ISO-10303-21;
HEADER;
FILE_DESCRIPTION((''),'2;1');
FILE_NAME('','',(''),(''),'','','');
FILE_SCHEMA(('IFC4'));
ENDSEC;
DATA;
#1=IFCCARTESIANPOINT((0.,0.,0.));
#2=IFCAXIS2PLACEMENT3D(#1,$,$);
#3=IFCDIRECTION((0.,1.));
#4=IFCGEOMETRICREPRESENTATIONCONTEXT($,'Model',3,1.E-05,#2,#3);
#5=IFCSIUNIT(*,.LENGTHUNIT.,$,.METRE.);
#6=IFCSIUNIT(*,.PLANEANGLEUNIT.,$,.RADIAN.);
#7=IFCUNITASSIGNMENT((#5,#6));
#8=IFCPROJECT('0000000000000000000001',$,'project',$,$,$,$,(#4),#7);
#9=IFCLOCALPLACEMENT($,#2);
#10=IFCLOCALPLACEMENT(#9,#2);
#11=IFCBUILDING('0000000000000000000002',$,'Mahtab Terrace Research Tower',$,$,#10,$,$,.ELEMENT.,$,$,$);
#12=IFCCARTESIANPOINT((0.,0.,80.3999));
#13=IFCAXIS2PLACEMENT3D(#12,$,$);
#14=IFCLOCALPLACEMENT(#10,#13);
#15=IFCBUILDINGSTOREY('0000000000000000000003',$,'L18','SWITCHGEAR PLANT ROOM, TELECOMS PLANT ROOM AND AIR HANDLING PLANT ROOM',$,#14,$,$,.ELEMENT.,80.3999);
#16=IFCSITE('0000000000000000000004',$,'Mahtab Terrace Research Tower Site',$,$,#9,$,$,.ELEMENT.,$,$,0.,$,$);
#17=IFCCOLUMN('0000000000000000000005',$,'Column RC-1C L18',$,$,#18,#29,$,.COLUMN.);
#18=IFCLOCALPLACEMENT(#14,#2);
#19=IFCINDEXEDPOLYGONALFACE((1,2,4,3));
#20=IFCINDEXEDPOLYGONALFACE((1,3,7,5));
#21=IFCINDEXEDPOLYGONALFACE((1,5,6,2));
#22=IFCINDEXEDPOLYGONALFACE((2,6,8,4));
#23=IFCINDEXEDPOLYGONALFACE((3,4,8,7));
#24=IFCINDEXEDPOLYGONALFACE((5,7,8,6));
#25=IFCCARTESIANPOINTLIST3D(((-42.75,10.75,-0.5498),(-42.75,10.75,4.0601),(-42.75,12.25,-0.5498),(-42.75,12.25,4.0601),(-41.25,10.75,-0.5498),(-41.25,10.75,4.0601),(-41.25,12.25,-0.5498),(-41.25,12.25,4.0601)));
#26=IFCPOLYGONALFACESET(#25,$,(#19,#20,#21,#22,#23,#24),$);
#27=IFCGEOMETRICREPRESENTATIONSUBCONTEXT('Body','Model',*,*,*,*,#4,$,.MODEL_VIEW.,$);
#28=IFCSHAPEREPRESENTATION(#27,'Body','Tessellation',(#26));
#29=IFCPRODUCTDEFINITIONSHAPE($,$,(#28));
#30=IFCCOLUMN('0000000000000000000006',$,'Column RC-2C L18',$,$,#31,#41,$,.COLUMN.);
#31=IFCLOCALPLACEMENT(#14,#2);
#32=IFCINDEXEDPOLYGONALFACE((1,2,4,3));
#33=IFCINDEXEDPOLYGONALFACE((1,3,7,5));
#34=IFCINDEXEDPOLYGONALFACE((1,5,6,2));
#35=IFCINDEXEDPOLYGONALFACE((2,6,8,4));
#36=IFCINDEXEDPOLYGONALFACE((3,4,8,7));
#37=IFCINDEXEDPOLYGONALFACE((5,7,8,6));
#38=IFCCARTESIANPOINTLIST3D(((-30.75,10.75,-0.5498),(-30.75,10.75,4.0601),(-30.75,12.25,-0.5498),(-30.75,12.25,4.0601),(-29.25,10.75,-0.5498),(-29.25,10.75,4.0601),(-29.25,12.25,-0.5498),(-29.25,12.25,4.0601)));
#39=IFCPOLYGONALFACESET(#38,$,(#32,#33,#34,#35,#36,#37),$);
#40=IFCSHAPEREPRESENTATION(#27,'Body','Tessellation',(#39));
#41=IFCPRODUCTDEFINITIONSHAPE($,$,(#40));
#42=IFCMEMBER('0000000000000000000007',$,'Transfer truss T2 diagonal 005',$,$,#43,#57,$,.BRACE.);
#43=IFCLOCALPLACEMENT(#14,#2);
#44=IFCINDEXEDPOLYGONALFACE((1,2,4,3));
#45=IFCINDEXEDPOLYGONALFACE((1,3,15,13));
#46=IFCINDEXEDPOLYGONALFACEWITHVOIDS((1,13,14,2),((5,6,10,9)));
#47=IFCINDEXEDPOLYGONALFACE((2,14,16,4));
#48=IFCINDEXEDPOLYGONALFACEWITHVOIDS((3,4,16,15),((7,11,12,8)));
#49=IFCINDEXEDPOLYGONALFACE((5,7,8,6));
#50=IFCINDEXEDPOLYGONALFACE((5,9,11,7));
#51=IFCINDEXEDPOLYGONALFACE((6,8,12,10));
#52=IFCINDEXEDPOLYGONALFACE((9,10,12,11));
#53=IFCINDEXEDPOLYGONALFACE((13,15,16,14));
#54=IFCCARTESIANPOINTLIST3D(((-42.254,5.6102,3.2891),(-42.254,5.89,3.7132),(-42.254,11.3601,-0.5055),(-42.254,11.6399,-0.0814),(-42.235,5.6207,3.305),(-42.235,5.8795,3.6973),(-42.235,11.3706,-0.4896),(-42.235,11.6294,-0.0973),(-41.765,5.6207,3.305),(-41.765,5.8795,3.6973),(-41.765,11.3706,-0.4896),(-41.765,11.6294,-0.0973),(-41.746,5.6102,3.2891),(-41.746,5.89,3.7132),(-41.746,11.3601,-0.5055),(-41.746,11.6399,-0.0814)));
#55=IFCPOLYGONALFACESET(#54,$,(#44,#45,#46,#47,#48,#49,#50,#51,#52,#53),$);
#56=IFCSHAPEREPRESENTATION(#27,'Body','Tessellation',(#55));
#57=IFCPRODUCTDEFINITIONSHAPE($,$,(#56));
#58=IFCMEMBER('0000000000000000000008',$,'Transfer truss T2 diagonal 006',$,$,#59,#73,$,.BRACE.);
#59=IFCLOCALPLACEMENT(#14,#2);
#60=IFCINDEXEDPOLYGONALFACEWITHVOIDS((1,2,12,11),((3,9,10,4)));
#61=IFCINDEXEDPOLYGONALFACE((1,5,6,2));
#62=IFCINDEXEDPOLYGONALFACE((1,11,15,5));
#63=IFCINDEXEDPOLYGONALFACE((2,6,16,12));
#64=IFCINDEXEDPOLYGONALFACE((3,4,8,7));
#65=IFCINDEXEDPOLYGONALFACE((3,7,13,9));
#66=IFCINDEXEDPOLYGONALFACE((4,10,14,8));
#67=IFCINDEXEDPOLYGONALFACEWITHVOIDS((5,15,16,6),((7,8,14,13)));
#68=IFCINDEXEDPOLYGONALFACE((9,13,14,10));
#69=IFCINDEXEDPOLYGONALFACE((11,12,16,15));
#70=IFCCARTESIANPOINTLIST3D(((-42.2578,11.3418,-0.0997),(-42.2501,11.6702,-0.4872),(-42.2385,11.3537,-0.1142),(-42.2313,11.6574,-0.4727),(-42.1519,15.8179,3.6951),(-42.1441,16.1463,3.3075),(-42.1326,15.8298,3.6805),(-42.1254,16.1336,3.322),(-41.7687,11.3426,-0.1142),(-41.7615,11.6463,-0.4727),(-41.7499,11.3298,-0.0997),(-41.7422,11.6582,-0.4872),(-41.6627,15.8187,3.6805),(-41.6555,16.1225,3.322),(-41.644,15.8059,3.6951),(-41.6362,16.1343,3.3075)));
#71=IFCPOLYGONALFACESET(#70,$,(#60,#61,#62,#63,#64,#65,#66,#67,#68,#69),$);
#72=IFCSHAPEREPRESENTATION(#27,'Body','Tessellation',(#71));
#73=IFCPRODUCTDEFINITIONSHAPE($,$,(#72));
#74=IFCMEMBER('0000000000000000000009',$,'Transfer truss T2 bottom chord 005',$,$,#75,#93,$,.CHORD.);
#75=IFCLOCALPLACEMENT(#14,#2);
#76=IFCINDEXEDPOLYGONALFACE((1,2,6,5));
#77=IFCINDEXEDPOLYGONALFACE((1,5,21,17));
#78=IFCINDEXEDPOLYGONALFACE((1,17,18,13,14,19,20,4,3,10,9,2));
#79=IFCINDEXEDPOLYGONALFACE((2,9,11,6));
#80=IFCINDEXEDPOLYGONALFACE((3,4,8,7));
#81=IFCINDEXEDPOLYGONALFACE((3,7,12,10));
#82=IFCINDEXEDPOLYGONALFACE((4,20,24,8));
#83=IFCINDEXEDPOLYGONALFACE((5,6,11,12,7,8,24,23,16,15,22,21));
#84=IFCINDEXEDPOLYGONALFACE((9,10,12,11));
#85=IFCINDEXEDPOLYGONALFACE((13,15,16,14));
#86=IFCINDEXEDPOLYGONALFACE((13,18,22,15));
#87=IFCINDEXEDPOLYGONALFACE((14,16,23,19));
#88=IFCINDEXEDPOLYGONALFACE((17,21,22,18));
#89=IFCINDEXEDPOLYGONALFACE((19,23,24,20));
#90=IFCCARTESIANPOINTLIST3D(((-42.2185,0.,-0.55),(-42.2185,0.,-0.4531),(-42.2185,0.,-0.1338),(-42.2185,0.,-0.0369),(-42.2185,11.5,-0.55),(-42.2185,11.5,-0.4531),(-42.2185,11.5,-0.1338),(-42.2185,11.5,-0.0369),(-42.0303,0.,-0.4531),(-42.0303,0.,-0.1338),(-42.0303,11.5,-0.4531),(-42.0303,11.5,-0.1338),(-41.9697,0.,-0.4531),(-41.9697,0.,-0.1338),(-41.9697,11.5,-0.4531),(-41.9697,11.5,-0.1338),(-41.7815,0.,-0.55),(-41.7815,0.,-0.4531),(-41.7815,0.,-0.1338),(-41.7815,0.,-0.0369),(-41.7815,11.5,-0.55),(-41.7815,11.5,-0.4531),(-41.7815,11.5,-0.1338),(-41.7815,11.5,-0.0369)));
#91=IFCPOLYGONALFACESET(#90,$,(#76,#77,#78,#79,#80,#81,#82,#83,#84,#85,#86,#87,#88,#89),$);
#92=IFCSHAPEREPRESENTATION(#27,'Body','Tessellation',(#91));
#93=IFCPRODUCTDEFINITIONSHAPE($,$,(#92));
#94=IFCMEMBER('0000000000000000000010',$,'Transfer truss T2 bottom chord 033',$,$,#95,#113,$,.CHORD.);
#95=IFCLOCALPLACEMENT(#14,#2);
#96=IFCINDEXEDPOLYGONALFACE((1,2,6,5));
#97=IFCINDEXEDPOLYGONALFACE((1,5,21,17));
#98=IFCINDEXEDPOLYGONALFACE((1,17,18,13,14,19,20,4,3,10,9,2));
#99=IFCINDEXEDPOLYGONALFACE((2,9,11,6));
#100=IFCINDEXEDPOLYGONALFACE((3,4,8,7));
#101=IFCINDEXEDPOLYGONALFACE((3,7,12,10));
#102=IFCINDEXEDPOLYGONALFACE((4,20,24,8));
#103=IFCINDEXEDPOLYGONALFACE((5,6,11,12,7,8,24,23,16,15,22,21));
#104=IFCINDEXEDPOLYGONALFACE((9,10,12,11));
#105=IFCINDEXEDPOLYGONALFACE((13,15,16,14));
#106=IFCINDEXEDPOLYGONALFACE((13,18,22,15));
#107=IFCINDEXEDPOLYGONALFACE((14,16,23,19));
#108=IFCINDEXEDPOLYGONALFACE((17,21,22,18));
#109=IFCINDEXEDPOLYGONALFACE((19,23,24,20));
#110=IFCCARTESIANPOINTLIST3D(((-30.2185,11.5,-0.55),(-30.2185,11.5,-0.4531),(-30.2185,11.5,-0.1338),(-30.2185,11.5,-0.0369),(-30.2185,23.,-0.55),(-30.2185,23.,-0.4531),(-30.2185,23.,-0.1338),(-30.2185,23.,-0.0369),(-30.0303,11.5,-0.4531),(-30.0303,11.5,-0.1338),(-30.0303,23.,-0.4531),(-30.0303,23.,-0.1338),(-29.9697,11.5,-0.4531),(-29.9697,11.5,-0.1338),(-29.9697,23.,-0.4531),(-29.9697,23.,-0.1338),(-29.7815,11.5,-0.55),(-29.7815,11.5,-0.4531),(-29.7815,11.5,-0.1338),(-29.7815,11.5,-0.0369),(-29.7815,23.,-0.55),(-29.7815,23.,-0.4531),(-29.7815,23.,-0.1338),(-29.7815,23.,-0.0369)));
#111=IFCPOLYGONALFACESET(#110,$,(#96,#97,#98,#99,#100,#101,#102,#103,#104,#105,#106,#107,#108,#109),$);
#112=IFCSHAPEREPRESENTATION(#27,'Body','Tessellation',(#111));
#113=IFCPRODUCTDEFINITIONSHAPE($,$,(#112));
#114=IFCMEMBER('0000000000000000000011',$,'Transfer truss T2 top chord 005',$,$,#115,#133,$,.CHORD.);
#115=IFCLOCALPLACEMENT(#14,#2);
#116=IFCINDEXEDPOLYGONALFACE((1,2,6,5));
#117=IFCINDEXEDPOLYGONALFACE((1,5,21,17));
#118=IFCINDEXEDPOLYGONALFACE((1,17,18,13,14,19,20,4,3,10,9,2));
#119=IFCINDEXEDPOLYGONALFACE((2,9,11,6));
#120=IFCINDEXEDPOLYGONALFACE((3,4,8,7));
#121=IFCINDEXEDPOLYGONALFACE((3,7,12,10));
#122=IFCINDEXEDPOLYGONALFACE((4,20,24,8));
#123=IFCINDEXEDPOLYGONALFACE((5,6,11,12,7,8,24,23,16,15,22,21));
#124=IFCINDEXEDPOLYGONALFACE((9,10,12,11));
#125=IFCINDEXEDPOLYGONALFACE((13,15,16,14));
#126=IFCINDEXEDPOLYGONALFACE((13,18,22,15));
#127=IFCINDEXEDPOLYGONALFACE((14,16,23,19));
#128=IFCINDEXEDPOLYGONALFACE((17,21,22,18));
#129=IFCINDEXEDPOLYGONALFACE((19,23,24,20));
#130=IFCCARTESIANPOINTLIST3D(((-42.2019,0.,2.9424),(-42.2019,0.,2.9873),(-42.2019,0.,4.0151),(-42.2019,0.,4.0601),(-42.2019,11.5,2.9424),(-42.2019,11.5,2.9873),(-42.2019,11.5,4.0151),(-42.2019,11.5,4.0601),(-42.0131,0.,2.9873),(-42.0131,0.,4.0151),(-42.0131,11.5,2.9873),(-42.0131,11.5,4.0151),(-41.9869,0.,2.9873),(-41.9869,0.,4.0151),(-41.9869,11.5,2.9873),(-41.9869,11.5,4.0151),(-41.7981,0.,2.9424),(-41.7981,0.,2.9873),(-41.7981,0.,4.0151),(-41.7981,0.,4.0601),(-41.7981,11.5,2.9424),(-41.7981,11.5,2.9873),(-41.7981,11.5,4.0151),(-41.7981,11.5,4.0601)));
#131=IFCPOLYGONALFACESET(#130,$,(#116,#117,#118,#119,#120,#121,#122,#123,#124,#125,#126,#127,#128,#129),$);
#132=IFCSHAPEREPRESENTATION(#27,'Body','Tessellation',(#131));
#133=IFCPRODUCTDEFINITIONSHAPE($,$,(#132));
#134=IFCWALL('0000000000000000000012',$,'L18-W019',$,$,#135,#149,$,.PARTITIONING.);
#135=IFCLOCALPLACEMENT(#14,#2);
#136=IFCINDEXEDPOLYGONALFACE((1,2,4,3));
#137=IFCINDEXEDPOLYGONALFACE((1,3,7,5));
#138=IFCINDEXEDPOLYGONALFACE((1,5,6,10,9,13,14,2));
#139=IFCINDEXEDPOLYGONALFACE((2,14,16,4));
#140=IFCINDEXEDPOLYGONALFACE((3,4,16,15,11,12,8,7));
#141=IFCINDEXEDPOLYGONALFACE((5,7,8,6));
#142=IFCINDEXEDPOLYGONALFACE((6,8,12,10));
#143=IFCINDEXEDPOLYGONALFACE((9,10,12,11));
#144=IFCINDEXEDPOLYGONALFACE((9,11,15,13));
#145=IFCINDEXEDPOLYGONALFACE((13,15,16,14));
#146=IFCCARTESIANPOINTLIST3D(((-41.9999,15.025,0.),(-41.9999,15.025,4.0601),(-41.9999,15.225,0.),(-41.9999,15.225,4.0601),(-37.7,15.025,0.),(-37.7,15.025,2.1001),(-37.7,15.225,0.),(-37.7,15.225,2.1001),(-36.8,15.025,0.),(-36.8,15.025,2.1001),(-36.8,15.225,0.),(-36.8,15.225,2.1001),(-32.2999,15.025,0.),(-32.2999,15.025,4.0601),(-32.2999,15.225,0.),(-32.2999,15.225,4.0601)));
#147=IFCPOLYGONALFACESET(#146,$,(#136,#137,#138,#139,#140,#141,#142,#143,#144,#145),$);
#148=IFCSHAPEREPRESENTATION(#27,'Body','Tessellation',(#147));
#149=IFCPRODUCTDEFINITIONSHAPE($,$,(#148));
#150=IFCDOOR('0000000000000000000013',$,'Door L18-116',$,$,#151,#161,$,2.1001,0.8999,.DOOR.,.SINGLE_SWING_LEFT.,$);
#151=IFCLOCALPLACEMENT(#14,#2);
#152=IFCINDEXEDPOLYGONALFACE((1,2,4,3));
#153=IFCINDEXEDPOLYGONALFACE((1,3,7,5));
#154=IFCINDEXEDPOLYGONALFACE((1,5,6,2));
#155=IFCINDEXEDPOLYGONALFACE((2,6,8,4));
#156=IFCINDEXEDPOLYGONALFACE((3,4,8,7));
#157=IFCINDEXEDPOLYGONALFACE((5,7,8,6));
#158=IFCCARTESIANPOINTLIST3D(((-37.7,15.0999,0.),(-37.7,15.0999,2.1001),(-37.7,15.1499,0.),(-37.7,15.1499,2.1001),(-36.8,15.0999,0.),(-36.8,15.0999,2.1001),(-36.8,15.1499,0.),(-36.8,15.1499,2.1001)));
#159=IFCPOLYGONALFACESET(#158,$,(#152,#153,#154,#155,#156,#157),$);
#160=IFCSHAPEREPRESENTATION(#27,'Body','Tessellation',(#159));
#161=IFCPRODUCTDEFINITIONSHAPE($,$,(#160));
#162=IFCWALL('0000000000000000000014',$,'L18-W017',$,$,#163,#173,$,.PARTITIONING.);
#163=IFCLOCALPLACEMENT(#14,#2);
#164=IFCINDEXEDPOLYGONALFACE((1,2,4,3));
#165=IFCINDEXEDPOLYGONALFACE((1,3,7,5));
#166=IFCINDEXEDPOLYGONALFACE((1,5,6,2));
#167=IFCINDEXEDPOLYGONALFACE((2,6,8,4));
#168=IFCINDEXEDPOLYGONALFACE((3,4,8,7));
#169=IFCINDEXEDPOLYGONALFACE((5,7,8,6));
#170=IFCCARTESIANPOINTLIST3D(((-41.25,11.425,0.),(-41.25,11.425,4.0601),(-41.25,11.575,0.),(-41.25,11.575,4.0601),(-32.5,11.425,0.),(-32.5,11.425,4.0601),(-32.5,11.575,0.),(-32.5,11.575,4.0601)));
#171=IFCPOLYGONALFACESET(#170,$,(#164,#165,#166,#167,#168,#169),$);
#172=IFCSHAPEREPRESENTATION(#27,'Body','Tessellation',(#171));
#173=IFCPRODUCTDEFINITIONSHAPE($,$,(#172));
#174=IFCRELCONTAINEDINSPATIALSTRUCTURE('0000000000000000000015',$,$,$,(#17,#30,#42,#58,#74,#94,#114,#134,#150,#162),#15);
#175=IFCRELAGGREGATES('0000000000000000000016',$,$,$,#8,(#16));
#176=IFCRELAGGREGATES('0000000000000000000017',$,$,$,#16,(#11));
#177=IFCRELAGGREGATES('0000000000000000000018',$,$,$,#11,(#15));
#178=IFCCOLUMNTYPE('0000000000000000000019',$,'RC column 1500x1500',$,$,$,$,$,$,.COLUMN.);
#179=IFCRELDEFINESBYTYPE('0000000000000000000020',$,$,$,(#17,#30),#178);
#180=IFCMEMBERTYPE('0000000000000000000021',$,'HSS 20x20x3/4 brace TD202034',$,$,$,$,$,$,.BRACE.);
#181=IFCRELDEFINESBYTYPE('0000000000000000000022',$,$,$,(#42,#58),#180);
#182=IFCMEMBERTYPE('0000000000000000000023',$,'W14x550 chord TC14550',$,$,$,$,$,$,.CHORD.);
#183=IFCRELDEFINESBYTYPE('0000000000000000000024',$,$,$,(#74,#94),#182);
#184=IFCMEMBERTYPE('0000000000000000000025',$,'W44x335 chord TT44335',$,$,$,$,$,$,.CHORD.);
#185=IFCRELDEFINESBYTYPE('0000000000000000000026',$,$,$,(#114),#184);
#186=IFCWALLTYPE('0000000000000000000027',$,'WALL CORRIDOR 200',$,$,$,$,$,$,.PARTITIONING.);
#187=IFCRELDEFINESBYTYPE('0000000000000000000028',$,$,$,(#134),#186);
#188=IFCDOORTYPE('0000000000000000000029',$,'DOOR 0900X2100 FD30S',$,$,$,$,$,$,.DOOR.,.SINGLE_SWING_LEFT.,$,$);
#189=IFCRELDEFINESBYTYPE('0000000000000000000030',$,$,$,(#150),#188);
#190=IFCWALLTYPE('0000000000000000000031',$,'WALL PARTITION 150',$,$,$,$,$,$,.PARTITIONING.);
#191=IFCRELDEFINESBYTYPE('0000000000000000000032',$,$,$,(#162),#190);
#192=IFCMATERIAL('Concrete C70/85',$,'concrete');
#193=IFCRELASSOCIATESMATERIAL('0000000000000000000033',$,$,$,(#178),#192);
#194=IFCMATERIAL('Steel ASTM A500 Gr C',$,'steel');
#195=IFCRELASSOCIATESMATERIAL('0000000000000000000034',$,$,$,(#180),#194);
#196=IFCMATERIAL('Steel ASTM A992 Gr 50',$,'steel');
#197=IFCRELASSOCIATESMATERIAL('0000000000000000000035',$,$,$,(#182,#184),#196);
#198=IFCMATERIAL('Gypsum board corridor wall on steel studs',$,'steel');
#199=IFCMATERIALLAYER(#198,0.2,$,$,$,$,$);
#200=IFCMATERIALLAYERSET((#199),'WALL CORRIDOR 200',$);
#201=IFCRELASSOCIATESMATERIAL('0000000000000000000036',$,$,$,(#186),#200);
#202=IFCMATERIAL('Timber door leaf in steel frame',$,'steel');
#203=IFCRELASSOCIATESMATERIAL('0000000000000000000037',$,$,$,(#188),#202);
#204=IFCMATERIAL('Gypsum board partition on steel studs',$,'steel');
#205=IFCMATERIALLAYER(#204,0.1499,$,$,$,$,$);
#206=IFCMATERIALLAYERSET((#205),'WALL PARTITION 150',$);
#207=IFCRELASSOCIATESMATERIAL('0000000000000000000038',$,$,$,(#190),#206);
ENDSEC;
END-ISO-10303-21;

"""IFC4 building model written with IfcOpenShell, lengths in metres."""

from ifc_helpers import new_model, si_unit, direction, frame, frame_2d, origin, origin_2d, place, context, subcontext, project, spatial, rectangle, hollow_rectangle, i_section, extrude, material, layer, layer_set, material_profile, profile_set, type_object, element, fill, save


model = new_model("IFC4")

# Units and contexts
model_context = context("Model", 3, precision=1e-05, world=origin(), true_north=direction((0.0, 1.0)))
body_context = subcontext(model_context, "Body", "Model", "MODEL_VIEW")
ifc_project = project(units=[si_unit("LENGTHUNIT", "METRE"), si_unit("PLANEANGLEUNIT", "RADIAN")], contexts=[model_context])

# Site, building, storey
site_placement = place(None, origin())
site = spatial("IfcSite", under=ifc_project, at=site_placement, Name="Mahtab Terrace Research Tower Site", CompositionType="ELEMENT", RefElevation=0.0)
building_placement = place(site_placement, origin())
building = spatial("IfcBuilding", under=site, at=building_placement, Name="Mahtab Terrace Research Tower", CompositionType="ELEMENT")
storey_placement = place(building_placement, frame((0.0, 0.0, 80.3999)))
storey = spatial("IfcBuildingStorey", under=building, at=storey_placement, Name="L18", Description="SWITCHGEAR PLANT ROOM, TELECOMS PLANT ROOM AND AIR HANDLING PLANT ROOM", CompositionType="ELEMENT", Elevation=80.3999)

# Columns
ifc_material_1 = material(Name="Concrete C70/85", Category="concrete")
ifc_material_profile_1 = material_profile(ifc_material_1, rectangle(XDim=1.5, YDim=1.5, at=origin_2d()), Name="RC column 1500x1500")
ifc_profile_set_1 = profile_set([ifc_material_profile_1], Name="Concrete C70/85")
column_type = type_object("IfcColumnType", Name="RC column 1500x1500", PredefinedType="COLUMN", material=ifc_profile_set_1)
for number, where, z_axis, x_axis, name in (
    (1, (-42.0, 11.5, -0.5498), (0.0, 0.0, 1.0), (1.0, 0.0, 0.0), "Column RC-1C L18"),
    (2, (-30.0, 11.5, -0.5498), (0.0, 0.0, 1.0), (1.0, 0.0, 0.0), "Column RC-2C L18"),
):
    element("IfcColumn", number, at=place(storey_placement, frame(where, z_axis=z_axis, x_axis=x_axis)), inside=storey, type_object=column_type, Name=name, PredefinedType="COLUMN", context=body_context, shape_type="SweptSolid", body=[
        extrude(rectangle(XDim=1.5, YDim=1.5, at=origin_2d()), origin(), (0.0, 0.0, 1.0), 4.6099),
    ])

# Members
ifc_material_2 = material(Name="Steel ASTM A500 Gr C", Category="steel")
ifc_material_profile_2 = material_profile(ifc_material_2, hollow_rectangle(XDim=0.5081, YDim=0.5081, WallThickness=0.019, at=origin_2d()), Name="HSS20X20X3/4")
ifc_profile_set_2 = profile_set([ifc_material_profile_2], Name="Steel ASTM A500 Gr C")
member_type_1 = type_object("IfcMemberType", Name="HSS 20x20x3/4 brace TD202034", PredefinedType="BRACE", material=ifc_profile_set_2)
member_1_placement = place(storey_placement, frame((-42.0, 11.5, -0.2935), z_axis=(0.0, -0.834631, 0.55081), x_axis=(1.0, 0.0, 0.0)))
element("IfcMember", 3, at=member_1_placement, inside=storey, type_object=member_type_1, Name="Transfer truss T2 diagonal 005", PredefinedType="BRACE", context=body_context, shape_type="SweptSolid", body=[
    extrude(hollow_rectangle(XDim=0.5081, YDim=0.5081, WallThickness=0.019, at=origin_2d()), origin(), (0.0, 0.0, 1.0), 6.8892),
])
member_2_placement = place(storey_placement, frame((-42.0, 11.5, -0.2935), z_axis=(0.018053, 0.762654, 0.646555), x_axis=(-0.99972, 0.023665, 0.0)))
element("IfcMember", 4, at=member_2_placement, inside=storey, type_object=member_type_1, Name="Transfer truss T2 diagonal 006", PredefinedType="BRACE", context=body_context, shape_type="SweptSolid", body=[
    extrude(hollow_rectangle(XDim=0.5081, YDim=0.5081, WallThickness=0.019, at=origin_2d()), origin(), (0.0, 0.0, 1.0), 5.8691),
])
ifc_material_3 = material(Name="Steel ASTM A992 Gr 50", Category="steel")
ifc_material_profile_3 = material_profile(ifc_material_3, i_section(OverallWidth=0.437, OverallDepth=0.5132, WebThickness=0.0605, FlangeThickness=0.0969, at=origin_2d()), Name="W14X550")
ifc_profile_set_3 = profile_set([ifc_material_profile_3], Name="Steel ASTM A992 Gr 50")
member_type_2 = type_object("IfcMemberType", Name="W14x550 chord TC14550", PredefinedType="CHORD", material=ifc_profile_set_3)
for number, where, z_axis, x_axis, name in (
    (5, (-42.0, 11.5, -0.2935), (0.0, -1.0, 0.0), (1.0, 0.0, 0.0), "Transfer truss T2 bottom chord 005"),
    (6, (-30.0, 11.5, -0.2935), (0.0, 1.0, 0.0), (-1.0, 0.0, 0.0), "Transfer truss T2 bottom chord 033"),
):
    element("IfcMember", number, at=place(storey_placement, frame(where, z_axis=z_axis, x_axis=x_axis)), inside=storey, type_object=member_type_2, Name=name, PredefinedType="CHORD", context=body_context, shape_type="SweptSolid", body=[
        extrude(i_section(OverallWidth=0.437, OverallDepth=0.5132, WebThickness=0.0605, FlangeThickness=0.0969, at=origin_2d()), origin(), (0.0, 0.0, 1.0), 11.5),
    ])
ifc_material_profile_4 = material_profile(ifc_material_3, i_section(OverallWidth=0.4038, OverallDepth=1.1177, WebThickness=0.0261, FlangeThickness=0.0449, at=origin_2d()), Name="W44X335")
ifc_profile_set_4 = profile_set([ifc_material_profile_4], Name="Steel ASTM A992 Gr 50")
member_type_3 = type_object("IfcMemberType", Name="W44x335 chord TT44335", PredefinedType="CHORD", material=ifc_profile_set_4)
member_3_placement = place(storey_placement, frame((-42.0, 11.5, 3.5012), z_axis=(0.0, -1.0, 0.0), x_axis=(1.0, 0.0, 0.0)))
element("IfcMember", 7, at=member_3_placement, inside=storey, type_object=member_type_3, Name="Transfer truss T2 top chord 005", PredefinedType="CHORD", context=body_context, shape_type="SweptSolid", body=[
    extrude(i_section(OverallWidth=0.4038, OverallDepth=1.1177, WebThickness=0.0261, FlangeThickness=0.0449, at=origin_2d()), origin(), (0.0, 0.0, 1.0), 11.5),
])

# Wall, opening, door
ifc_material_4 = material(Name="Gypsum board corridor wall on steel studs", Category="steel")
ifc_layer_1 = layer(ifc_material_4, 0.2)
ifc_layer_set_1 = layer_set([ifc_layer_1], Name="WALL CORRIDOR 200")
wall_type_1 = type_object("IfcWallType", Name="WALL CORRIDOR 200", PredefinedType="PARTITIONING", material=ifc_layer_set_1)
wall_1_placement = place(storey_placement, frame((-42.0, 15.125, 0.0), z_axis=(0.0, 0.0, 1.0), x_axis=(1.0, 0.0, 0.0)))
wall_1 = element("IfcWall", 8, at=wall_1_placement, inside=storey, type_object=wall_type_1, Name="L18-W019", PredefinedType="PARTITIONING", context=body_context, shape_type="SweptSolid", body=[
    extrude(rectangle(XDim=9.7, YDim=0.2, at=frame_2d((4.8501, 0.0))), origin(), (0.0, 0.0, 1.0), 4.0601),
])
opening_placement = place(wall_1_placement, frame((4.3, 0.0, 0.0)))
opening = element("IfcOpeningElement", 9, at=opening_placement, cuts=wall_1, PredefinedType="OPENING", context=body_context, shape_type="SweptSolid", body=[
    extrude(rectangle(XDim=0.8999, YDim=2.1001, at=frame_2d((0.45, 1.05))), frame((0.0, 0.1099, 0.0), z_axis=(0.0, -1.0, 0.0), x_axis=(1.0, 0.0, 0.0)), (0.0, 0.0, 1.0), 0.22),
])
ifc_material_5 = material(Name="Timber door leaf in steel frame", Category="steel")
door_type = type_object("IfcDoorType", Name="DOOR 0900X2100 FD30S", OperationType="SINGLE_SWING_LEFT", PredefinedType="DOOR", material=ifc_material_5)
door_placement = place(opening_placement, origin())
door = element("IfcDoor", 10, at=door_placement, inside=storey, type_object=door_type, Name="Door L18-116", OperationType="SINGLE_SWING_LEFT", OverallHeight=2.1001, OverallWidth=0.8999, PredefinedType="DOOR", context=body_context, shape_type="SweptSolid", body=[
    extrude(rectangle(XDim=0.8999, YDim=2.1001, at=frame_2d((0.45, 1.05))), frame((0.0, 0.0249, 0.0), z_axis=(0.0, -1.0, 0.0), x_axis=(1.0, 0.0, 0.0)), (0.0, 0.0, 1.0), 0.05),
])
fill(opening, door)

# Wall
ifc_material_6 = material(Name="Gypsum board partition on steel studs", Category="steel")
ifc_layer_2 = layer(ifc_material_6, 0.1499)
ifc_layer_set_2 = layer_set([ifc_layer_2], Name="WALL PARTITION 150")
wall_type_2 = type_object("IfcWallType", Name="WALL PARTITION 150", PredefinedType="PARTITIONING", material=ifc_layer_set_2)
wall_2_placement = place(storey_placement, frame((-41.25, 11.5, 0.0), z_axis=(0.0, 0.0, 1.0), x_axis=(1.0, 0.0, 0.0)))
element("IfcWall", 11, at=wall_2_placement, inside=storey, type_object=wall_type_2, Name="L18-W017", PredefinedType="PARTITIONING", context=body_context, shape_type="SweptSolid", body=[
    extrude(rectangle(XDim=8.75, YDim=0.1499, at=frame_2d((4.375, 0.0))), origin(), (0.0, 0.0, 1.0), 4.0601),
])

save(model, "model.ifc")
